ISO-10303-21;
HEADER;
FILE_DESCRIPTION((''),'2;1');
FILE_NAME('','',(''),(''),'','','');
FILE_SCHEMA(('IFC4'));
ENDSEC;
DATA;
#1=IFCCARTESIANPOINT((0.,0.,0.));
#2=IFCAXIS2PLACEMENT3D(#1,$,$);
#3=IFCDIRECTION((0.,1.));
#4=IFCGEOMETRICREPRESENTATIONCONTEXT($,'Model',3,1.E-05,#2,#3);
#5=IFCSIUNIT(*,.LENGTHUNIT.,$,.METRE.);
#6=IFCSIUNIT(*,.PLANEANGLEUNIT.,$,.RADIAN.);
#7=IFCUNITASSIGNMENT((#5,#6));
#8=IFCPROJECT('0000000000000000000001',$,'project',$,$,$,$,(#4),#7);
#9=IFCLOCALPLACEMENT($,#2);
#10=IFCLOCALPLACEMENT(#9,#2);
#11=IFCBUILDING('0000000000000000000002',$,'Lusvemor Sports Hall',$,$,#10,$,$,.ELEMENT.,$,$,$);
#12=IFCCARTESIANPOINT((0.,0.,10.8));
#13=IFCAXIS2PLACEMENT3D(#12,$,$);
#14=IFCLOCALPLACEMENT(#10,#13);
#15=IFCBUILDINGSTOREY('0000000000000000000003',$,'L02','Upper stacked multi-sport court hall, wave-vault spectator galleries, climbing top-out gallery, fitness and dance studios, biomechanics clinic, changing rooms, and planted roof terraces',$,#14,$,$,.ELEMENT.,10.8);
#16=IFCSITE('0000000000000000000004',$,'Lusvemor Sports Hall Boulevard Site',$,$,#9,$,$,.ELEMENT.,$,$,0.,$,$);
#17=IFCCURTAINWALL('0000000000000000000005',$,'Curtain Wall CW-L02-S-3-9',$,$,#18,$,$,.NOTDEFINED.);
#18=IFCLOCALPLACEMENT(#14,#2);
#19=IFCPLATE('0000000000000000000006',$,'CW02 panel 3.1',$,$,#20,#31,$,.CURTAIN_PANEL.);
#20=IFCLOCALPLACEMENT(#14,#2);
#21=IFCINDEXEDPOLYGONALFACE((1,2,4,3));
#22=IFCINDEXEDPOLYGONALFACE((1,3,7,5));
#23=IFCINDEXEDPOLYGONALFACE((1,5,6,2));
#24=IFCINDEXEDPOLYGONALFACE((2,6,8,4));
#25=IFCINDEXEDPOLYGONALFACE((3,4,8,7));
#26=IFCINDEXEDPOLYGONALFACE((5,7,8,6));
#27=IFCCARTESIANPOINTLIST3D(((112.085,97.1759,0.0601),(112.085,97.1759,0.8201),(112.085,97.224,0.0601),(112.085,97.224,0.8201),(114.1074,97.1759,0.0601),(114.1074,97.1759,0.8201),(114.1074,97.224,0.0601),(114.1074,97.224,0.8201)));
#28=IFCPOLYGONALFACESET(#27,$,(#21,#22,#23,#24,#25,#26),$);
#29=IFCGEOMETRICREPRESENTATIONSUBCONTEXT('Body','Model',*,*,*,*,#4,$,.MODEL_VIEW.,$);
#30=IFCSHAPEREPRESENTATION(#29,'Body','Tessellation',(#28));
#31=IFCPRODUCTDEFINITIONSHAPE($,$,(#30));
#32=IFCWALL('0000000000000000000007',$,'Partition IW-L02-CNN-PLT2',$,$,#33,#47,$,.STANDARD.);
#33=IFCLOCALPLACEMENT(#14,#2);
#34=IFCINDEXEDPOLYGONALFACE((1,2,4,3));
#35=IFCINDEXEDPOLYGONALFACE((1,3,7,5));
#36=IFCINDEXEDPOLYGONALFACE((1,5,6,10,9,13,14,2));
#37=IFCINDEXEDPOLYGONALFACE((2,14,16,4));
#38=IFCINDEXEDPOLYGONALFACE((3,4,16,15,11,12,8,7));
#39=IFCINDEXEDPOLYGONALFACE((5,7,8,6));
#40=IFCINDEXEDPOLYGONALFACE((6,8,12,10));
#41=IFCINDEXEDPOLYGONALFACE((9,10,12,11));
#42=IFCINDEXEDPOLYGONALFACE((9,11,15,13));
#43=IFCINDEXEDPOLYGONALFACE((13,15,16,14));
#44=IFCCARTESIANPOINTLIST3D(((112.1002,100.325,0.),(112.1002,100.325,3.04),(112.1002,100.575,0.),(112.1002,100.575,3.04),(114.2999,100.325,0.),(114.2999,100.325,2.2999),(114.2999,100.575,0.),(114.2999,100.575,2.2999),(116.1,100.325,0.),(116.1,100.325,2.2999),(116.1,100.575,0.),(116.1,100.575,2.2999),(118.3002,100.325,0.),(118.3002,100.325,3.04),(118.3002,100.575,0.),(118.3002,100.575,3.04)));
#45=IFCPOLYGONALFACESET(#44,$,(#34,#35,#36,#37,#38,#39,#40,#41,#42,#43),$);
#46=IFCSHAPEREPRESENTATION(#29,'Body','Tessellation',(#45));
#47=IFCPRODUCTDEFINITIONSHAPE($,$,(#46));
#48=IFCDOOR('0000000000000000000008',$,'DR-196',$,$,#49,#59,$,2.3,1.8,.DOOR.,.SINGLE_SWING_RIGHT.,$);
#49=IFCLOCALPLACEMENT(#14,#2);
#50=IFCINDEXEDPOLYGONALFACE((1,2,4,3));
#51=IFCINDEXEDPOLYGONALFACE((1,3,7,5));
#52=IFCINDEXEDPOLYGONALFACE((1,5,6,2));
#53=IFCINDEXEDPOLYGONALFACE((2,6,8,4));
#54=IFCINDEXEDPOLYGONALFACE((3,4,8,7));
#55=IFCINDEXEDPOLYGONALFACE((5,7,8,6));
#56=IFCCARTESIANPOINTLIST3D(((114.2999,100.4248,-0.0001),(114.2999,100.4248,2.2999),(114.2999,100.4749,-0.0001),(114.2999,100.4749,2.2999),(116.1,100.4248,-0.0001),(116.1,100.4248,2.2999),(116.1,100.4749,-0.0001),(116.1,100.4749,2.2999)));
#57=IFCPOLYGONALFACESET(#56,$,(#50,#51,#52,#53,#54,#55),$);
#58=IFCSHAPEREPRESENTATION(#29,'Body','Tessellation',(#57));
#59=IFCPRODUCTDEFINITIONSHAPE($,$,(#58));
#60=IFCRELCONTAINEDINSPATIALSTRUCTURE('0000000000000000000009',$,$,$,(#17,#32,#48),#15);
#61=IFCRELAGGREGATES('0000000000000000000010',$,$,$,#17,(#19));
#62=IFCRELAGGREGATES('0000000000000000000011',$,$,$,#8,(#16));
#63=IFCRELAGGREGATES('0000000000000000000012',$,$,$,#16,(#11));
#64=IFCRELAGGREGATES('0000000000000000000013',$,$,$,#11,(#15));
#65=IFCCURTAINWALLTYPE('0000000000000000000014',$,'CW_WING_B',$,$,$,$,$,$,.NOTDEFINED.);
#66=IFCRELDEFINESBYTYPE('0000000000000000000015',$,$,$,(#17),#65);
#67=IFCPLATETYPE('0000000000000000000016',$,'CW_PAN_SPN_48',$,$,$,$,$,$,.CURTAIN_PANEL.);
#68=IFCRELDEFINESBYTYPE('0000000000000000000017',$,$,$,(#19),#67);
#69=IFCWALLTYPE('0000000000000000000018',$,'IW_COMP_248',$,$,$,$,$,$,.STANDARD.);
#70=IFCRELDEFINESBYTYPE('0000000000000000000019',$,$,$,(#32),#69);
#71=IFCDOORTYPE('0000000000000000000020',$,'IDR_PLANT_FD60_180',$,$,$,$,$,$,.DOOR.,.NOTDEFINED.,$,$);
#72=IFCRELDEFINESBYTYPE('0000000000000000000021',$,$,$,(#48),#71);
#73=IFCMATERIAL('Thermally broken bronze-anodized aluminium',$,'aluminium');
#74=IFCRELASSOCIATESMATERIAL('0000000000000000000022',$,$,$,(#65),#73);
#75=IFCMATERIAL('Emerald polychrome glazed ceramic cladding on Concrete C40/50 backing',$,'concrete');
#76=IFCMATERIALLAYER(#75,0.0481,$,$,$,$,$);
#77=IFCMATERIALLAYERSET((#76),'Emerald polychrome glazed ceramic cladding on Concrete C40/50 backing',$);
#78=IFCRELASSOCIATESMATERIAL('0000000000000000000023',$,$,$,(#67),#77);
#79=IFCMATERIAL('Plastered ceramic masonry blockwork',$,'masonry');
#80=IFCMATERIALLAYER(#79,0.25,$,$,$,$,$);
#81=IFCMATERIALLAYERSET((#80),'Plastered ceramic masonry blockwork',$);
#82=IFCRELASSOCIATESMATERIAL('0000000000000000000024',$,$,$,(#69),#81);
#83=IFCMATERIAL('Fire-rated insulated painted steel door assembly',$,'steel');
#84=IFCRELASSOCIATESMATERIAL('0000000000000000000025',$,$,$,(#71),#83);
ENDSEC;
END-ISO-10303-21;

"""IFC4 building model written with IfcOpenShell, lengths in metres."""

from ifc_helpers import new_model, si_unit, direction, frame, frame_2d, origin, origin_2d, place, context, subcontext, project, spatial, rectangle, extrude, material, layer, layer_set, type_object, element, fill, aggregate, save


model = new_model("IFC4")

# Units and contexts
model_context = context("Model", 3, precision=1e-05, world=origin(), true_north=direction((0.0, 1.0)))
body_context = subcontext(model_context, "Body", "Model", "MODEL_VIEW")
ifc_project = project(units=[si_unit("LENGTHUNIT", "METRE"), si_unit("PLANEANGLEUNIT", "RADIAN")], contexts=[model_context])

# Site, building, storey
site_placement = place(None, origin())
site = spatial("IfcSite", under=ifc_project, at=site_placement, Name="Lusvemor Sports Hall Boulevard Site", CompositionType="ELEMENT", RefElevation=0.0)
building_placement = place(site_placement, origin())
building = spatial("IfcBuilding", under=site, at=building_placement, Name="Lusvemor Sports Hall", CompositionType="ELEMENT")
storey_placement = place(building_placement, frame((0.0, 0.0, 10.8)))
storey = spatial("IfcBuildingStorey", under=building, at=storey_placement, Name="L02", Description="Upper stacked multi-sport court hall, wave-vault spectator galleries, climbing top-out gallery, fitness and dance studios, biomechanics clinic, changing rooms, and planted roof terraces", CompositionType="ELEMENT", Elevation=10.8)

# Shared definitions
ifc_material_1 = material(Name="Thermally broken bronze-anodized aluminium", Category="aluminium")
curtain_wall_type = type_object("IfcCurtainWallType", Name="CW_WING_B", PredefinedType="NOTDEFINED", material=ifc_material_1)

# Curtain wall
curtain_wall_1_placement = place(storey_placement, origin())
curtain_wall_1 = element("IfcCurtainWall", 1, at=curtain_wall_1_placement, inside=storey, type_object=curtain_wall_type, Name="Curtain Wall CW-L02-S-3-9", PredefinedType="NOTDEFINED")

# Plate
ifc_material_2 = material(Name="Emerald polychrome glazed ceramic cladding on Concrete C40/50 backing", Category="concrete")
ifc_layer_1 = layer(ifc_material_2, 0.0481)
ifc_layer_set_1 = layer_set([ifc_layer_1], Name="Emerald polychrome glazed ceramic cladding on Concrete C40/50 backing")
plate_type_1 = type_object("IfcPlateType", Name="CW_PAN_SPN_48", PredefinedType="CURTAIN_PANEL", material=ifc_layer_set_1)
plate_1_placement = place(storey_placement, frame((113.0962, 97.2, 0.0601), z_axis=(0.0, 0.0, 1.0), x_axis=(-1.0, 0.0, 0.0)))
plate_1 = element("IfcPlate", 2, at=plate_1_placement, type_object=plate_type_1, Name="CW02 panel 3.1", PredefinedType="CURTAIN_PANEL", context=body_context, shape_type="SweptSolid", body=[
    extrude(rectangle(XDim=2.0225, YDim=0.0481, at=origin_2d()), origin(), (0.0, 0.0, 1.0), 0.76),
])
aggregate(curtain_wall_1, [plate_1])

# Wall, opening, door
ifc_material_3 = material(Name="Plastered ceramic masonry blockwork", Category="masonry")
ifc_layer_2 = layer(ifc_material_3, 0.25)
ifc_layer_set_2 = layer_set([ifc_layer_2], Name="Plastered ceramic masonry blockwork")
wall_type = type_object("IfcWallType", Name="IW_COMP_248", PredefinedType="STANDARD", material=ifc_layer_set_2)
wall_placement = place(storey_placement, frame((112.1001, 100.45, 0.0), z_axis=(0.0, 0.0, 1.0), x_axis=(1.0, 0.0, 0.0)))
wall = element("IfcWall", 3, at=wall_placement, inside=storey, type_object=wall_type, Name="Partition IW-L02-CNN-PLT2", PredefinedType="STANDARD", context=body_context, shape_type="SweptSolid", body=[
    extrude(rectangle(XDim=6.2, YDim=0.25, at=frame_2d((3.1001, 0.0))), origin(), (0.0, 0.0, 1.0), 3.04),
])
opening_placement = place(wall_placement, frame((2.2, 0.0, 0.0)))
opening = element("IfcOpeningElement", 4, at=opening_placement, cuts=wall, PredefinedType="OPENING", context=body_context, shape_type="SweptSolid", body=[
    extrude(rectangle(XDim=1.8, YDim=2.3, at=frame_2d((0.8999, 1.1499))), frame((0.0, 0.125, 0.0), z_axis=(0.0, -1.0, 0.0), x_axis=(1.0, 0.0, 0.0)), (0.0, 0.0, 1.0), 0.25),
])
ifc_material_4 = material(Name="Fire-rated insulated painted steel door assembly", Category="steel")
door_type = type_object("IfcDoorType", Name="IDR_PLANT_FD60_180", OperationType="NOTDEFINED", PredefinedType="DOOR", material=ifc_material_4)
door_placement = place(opening_placement, origin())
door = element("IfcDoor", 5, at=door_placement, inside=storey, type_object=door_type, Name="DR-196", OperationType="SINGLE_SWING_RIGHT", OverallHeight=2.3, OverallWidth=1.8, PredefinedType="DOOR", context=body_context, shape_type="SweptSolid", body=[
    extrude(rectangle(XDim=1.8, YDim=2.3, at=frame_2d((0.8999, 1.1499))), frame((0.0, 0.0249, 0.0), z_axis=(0.0, -1.0, 0.0), x_axis=(1.0, 0.0, 0.0)), (0.0, 0.0, 1.0), 0.05),
])
fill(opening, door)

save(model, "model.ifc")
